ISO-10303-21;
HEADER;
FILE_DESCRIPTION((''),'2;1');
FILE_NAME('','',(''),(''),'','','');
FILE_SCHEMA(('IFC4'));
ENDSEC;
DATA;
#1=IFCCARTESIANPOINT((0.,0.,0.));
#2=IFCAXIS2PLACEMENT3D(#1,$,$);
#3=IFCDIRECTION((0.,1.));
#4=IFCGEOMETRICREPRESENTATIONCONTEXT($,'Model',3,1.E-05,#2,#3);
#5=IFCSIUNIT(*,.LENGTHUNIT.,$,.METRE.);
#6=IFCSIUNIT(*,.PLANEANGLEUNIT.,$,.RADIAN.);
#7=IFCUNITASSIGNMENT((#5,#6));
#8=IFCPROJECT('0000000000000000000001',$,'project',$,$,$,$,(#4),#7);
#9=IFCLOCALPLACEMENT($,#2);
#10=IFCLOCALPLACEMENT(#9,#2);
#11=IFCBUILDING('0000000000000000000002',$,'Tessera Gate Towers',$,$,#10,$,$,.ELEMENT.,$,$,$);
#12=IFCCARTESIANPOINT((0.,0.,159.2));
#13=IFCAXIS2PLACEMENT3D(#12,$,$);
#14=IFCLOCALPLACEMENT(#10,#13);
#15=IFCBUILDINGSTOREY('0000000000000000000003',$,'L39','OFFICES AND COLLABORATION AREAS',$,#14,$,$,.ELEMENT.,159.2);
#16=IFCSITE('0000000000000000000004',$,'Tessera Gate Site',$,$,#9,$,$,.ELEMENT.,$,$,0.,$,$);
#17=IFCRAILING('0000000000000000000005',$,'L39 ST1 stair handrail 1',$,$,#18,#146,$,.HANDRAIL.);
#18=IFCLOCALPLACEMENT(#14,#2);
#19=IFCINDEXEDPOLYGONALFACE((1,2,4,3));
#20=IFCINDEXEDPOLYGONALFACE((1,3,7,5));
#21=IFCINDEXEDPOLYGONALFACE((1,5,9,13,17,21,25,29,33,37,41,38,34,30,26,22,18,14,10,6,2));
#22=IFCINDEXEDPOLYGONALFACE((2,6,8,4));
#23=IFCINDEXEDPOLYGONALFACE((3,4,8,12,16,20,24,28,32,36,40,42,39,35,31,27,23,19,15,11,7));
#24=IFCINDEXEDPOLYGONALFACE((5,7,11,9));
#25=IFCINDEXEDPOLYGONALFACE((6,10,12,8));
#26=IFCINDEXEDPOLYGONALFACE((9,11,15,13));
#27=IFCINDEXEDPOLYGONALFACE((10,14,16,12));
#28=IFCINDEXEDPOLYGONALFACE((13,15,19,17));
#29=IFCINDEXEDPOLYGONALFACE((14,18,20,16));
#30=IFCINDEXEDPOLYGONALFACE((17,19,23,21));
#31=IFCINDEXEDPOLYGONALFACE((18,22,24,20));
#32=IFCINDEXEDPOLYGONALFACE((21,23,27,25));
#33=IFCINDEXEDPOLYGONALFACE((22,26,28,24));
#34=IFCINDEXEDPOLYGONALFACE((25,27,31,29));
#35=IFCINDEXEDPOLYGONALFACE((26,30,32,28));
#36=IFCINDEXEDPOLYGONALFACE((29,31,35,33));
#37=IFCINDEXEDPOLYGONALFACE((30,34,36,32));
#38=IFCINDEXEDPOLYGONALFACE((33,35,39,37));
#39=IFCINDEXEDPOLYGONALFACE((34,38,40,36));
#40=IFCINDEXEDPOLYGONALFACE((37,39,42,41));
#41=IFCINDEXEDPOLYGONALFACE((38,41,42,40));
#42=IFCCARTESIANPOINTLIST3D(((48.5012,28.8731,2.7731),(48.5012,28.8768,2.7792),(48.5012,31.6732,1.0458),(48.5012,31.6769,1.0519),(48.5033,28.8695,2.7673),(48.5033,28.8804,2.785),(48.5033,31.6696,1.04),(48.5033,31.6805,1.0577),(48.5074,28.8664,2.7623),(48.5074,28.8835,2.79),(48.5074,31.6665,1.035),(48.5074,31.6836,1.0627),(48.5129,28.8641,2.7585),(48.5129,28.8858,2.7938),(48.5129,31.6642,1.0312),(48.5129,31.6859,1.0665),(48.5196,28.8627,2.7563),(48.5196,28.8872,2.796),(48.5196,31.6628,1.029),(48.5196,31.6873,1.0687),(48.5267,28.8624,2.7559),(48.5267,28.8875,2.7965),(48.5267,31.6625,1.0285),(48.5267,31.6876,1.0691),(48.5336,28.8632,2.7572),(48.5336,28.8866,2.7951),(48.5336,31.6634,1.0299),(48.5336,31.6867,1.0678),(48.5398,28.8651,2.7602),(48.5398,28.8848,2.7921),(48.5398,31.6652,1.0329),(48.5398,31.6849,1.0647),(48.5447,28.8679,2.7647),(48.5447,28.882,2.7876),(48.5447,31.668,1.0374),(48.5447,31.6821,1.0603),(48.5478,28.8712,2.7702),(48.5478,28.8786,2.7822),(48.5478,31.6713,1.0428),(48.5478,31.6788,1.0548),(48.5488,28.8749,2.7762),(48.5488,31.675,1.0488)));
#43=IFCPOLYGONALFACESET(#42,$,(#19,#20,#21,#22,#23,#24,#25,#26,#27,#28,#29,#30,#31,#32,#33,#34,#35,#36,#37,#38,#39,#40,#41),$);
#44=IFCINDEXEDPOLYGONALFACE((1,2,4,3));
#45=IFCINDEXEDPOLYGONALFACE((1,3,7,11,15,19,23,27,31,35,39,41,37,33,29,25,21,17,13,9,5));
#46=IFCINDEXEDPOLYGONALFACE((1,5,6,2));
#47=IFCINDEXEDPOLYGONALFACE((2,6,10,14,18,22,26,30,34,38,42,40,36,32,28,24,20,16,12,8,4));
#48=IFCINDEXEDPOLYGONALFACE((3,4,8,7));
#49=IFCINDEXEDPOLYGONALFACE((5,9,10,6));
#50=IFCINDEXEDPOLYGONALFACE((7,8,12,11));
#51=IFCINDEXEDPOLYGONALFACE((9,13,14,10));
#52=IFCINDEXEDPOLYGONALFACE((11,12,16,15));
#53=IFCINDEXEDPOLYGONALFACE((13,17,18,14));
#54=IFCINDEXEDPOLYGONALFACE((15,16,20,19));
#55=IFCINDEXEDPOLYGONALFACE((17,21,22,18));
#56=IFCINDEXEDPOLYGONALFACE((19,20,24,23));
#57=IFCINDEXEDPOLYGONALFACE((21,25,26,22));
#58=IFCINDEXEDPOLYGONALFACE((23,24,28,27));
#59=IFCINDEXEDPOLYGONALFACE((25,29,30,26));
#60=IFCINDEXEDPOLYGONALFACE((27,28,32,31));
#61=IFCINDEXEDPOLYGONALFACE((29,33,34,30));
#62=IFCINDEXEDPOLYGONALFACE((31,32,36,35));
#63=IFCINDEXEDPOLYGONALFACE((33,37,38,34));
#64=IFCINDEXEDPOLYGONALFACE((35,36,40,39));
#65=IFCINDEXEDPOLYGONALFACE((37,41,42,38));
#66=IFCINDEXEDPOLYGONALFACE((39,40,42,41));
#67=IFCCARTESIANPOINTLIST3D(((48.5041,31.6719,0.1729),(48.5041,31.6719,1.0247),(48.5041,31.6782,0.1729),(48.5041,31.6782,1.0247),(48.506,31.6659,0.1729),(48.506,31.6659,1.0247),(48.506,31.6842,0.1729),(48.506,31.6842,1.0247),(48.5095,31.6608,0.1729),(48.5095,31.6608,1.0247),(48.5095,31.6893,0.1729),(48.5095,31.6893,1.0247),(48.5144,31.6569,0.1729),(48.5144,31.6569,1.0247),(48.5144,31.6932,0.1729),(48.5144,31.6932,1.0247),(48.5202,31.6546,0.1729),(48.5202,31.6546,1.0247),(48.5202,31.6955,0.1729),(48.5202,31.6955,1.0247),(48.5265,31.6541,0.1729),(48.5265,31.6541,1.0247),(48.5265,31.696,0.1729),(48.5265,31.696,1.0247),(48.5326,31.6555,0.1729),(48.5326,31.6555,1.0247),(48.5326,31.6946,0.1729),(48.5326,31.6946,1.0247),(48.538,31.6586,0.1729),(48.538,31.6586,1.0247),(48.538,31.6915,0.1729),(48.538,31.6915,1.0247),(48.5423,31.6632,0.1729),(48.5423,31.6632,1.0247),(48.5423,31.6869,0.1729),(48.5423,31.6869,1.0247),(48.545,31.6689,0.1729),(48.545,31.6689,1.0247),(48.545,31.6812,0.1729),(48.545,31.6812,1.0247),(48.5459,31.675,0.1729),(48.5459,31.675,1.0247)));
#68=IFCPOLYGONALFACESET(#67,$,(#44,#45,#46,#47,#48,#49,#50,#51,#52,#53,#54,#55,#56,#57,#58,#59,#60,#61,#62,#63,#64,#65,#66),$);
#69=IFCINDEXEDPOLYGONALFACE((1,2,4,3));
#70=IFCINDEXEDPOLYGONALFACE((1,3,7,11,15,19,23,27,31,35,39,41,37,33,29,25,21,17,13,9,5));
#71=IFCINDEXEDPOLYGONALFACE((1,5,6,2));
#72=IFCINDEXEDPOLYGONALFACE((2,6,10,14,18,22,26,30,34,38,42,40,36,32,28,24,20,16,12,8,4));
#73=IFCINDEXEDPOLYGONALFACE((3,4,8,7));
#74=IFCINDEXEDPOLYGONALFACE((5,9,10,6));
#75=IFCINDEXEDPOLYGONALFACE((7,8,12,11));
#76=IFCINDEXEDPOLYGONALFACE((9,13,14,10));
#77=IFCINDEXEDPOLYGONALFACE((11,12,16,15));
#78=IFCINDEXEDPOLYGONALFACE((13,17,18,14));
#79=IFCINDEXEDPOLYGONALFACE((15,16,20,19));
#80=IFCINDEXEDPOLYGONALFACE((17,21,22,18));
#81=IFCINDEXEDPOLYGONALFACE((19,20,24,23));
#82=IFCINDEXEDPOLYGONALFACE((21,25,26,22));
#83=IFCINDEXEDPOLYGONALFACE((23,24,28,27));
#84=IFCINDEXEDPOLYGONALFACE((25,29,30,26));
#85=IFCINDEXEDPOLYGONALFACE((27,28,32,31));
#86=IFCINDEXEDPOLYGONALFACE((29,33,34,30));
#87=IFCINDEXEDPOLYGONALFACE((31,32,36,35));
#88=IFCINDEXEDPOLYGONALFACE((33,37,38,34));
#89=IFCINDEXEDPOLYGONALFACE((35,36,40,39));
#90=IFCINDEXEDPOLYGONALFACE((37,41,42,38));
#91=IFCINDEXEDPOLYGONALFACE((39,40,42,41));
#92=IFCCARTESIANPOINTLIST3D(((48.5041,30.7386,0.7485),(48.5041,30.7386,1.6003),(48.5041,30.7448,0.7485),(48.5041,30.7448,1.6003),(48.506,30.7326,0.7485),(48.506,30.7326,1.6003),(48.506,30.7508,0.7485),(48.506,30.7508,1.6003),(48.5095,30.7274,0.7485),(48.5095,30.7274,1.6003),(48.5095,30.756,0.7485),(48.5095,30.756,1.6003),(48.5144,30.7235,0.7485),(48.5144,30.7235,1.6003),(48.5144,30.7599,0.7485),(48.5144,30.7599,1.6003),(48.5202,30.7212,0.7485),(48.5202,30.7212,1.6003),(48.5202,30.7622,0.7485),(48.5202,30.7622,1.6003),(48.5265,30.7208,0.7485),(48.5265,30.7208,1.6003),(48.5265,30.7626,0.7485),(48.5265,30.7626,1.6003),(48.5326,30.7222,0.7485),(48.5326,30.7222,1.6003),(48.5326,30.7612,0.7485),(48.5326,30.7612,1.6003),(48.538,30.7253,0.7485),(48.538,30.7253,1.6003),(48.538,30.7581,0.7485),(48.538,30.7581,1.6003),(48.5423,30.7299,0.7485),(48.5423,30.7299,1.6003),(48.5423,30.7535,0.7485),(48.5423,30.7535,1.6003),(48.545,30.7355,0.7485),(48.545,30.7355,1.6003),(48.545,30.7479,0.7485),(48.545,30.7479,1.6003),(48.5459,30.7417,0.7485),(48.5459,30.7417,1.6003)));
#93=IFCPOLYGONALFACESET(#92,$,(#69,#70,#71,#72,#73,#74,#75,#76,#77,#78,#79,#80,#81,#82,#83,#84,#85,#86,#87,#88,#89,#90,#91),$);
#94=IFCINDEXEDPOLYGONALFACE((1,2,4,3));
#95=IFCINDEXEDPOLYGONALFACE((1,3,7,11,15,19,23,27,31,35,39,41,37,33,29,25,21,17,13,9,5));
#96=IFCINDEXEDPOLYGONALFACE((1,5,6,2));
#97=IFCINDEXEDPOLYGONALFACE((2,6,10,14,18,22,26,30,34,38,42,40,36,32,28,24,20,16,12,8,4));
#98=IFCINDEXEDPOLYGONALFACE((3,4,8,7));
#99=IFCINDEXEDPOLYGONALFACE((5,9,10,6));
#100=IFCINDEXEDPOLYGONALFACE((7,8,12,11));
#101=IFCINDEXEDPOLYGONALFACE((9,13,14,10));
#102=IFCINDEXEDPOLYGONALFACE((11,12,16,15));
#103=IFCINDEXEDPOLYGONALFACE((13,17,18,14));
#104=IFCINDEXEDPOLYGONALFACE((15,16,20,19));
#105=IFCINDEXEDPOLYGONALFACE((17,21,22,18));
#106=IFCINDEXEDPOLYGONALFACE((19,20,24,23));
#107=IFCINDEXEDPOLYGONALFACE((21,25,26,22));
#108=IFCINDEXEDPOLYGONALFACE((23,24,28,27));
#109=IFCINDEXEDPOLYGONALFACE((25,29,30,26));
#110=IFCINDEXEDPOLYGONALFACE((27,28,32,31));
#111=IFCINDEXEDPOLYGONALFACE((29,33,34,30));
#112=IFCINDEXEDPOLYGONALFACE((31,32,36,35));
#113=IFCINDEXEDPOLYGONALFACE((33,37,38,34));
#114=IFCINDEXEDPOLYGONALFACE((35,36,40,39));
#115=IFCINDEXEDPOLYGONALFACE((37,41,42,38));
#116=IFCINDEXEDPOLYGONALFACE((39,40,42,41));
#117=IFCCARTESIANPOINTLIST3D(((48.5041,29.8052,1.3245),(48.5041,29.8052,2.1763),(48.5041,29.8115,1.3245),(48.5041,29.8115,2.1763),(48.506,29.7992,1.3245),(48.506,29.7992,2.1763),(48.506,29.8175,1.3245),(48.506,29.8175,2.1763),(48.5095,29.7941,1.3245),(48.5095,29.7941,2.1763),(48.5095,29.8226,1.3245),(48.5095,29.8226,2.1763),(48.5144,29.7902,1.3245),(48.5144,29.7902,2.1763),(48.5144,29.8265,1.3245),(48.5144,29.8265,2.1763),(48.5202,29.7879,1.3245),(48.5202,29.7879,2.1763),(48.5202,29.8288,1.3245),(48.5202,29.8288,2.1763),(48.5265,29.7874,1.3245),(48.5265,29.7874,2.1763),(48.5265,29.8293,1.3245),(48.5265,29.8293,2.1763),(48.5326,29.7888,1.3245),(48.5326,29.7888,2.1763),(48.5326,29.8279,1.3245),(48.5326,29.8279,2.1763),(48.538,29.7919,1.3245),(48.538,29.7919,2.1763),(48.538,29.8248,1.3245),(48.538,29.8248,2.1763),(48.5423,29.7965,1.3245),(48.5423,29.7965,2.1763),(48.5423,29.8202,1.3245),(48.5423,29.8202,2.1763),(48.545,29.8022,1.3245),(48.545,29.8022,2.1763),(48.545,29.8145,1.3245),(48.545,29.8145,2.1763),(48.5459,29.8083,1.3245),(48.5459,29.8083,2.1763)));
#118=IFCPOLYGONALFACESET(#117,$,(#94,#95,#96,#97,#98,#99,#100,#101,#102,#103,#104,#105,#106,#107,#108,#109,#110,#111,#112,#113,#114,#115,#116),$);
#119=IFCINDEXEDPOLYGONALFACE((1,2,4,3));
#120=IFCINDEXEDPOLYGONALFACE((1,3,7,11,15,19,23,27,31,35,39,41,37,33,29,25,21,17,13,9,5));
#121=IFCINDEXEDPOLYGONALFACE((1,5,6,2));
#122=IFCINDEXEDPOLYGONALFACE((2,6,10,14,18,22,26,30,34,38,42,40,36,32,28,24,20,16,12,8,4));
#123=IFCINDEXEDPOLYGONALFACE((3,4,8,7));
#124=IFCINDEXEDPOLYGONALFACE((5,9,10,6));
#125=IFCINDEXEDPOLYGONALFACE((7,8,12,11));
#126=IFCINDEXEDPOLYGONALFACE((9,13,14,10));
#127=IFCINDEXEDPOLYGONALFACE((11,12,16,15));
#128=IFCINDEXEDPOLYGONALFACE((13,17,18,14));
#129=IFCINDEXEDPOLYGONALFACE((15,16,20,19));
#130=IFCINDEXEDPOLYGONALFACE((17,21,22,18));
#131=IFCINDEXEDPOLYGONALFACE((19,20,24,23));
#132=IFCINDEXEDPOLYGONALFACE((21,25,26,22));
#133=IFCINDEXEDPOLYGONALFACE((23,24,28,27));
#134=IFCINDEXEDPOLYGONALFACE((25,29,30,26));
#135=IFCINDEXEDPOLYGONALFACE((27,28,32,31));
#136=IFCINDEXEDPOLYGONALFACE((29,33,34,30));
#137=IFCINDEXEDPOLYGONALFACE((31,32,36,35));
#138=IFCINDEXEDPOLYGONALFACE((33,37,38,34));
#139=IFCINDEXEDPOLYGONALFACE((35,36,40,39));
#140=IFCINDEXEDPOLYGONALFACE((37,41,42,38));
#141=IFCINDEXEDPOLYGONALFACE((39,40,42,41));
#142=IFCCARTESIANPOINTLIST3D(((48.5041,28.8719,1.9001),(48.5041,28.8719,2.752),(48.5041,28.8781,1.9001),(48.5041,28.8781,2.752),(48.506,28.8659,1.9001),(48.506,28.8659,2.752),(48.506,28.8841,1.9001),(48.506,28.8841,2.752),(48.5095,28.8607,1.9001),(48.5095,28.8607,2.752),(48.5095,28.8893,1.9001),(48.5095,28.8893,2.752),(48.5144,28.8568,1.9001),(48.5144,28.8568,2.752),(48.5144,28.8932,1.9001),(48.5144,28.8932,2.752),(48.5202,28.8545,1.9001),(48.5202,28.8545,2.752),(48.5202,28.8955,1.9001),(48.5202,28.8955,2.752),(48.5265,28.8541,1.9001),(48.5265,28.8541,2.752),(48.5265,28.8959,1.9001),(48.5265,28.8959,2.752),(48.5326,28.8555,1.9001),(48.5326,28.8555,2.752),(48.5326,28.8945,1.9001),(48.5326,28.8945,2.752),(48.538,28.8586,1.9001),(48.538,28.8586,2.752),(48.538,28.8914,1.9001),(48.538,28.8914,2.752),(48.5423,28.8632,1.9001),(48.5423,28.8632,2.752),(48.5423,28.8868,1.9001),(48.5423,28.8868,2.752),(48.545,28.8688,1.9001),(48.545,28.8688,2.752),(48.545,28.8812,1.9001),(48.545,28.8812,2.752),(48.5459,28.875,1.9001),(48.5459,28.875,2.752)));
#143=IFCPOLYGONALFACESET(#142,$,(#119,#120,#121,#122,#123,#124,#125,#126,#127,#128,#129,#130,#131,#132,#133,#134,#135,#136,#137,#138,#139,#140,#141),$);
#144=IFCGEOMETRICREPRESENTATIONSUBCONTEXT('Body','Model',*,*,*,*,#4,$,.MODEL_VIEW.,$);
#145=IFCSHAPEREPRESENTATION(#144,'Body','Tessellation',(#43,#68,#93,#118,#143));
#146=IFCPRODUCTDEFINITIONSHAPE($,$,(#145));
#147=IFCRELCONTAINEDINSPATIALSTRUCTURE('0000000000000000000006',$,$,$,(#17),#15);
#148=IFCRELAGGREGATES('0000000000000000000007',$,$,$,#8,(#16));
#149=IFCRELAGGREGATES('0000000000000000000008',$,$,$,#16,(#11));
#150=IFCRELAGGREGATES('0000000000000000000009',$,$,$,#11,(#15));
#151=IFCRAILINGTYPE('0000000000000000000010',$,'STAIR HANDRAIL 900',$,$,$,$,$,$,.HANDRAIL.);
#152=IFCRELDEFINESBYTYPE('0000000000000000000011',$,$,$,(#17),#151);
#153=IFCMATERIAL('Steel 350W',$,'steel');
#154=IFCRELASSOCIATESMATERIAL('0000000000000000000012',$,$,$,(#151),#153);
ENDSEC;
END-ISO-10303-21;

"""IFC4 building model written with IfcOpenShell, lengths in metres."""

from ifc_helpers import new_model, si_unit, direction, frame, origin, origin_2d, place, context, subcontext, project, spatial, circle, extrude, material, type_object, element, save


model = new_model("IFC4")

# Units and contexts
model_context = context("Model", 3, precision=1e-05, world=origin(), true_north=direction((0.0, 1.0)))
body_context = subcontext(model_context, "Body", "Model", "MODEL_VIEW")
ifc_project = project(units=[si_unit("LENGTHUNIT", "METRE"), si_unit("PLANEANGLEUNIT", "RADIAN")], contexts=[model_context])

# Site, building, storey
site_placement = place(None, origin())
site = spatial("IfcSite", under=ifc_project, at=site_placement, Name="Tessera Gate Site", CompositionType="ELEMENT", RefElevation=0.0)
building_placement = place(site_placement, origin())
building = spatial("IfcBuilding", under=site, at=building_placement, Name="Tessera Gate Towers", CompositionType="ELEMENT")
storey_placement = place(building_placement, frame((0.0, 0.0, 159.2)))
storey = spatial("IfcBuildingStorey", under=building, at=storey_placement, Name="L39", Description="OFFICES AND COLLABORATION AREAS", CompositionType="ELEMENT", Elevation=159.2)

# Railing
ifc_material_1 = material(Name="Steel 350W", Category="steel")
railing_type = type_object("IfcRailingType", Name="STAIR HANDRAIL 900", PredefinedType="HANDRAIL", material=ifc_material_1)
railing_placement = place(storey_placement, frame((48.5249, 31.675, 0.1729)))
element("IfcRailing", 1, at=railing_placement, inside=storey, type_object=railing_type, Name="L39 ST1 stair handrail 1", PredefinedType="HANDRAIL", context=body_context, shape_type="SweptSolid", body=[
    extrude(circle(Radius=0.0239, at=origin_2d()), frame((0.0, 0.0, 0.876), z_axis=(0.0, -0.85109, 0.52502), x_axis=(1.0, 0.0, 0.0)), (0.0, 0.0, 1.0), 3.29),
    extrude(circle(Radius=0.021, at=origin_2d()), origin(), (0.0, 0.0, 1.0), 0.8518),
    extrude(circle(Radius=0.021, at=origin_2d()), frame((0.0, -0.9333, 0.5757)), (0.0, 0.0, 1.0), 0.8518),
    extrude(circle(Radius=0.021, at=origin_2d()), frame((0.0, -1.8667, 1.1516)), (0.0, 0.0, 1.0), 0.8518),
    extrude(circle(Radius=0.021, at=origin_2d()), frame((0.0, -2.8, 1.7273)), (0.0, 0.0, 1.0), 0.8518),
])

save(model, "model.ifc")
